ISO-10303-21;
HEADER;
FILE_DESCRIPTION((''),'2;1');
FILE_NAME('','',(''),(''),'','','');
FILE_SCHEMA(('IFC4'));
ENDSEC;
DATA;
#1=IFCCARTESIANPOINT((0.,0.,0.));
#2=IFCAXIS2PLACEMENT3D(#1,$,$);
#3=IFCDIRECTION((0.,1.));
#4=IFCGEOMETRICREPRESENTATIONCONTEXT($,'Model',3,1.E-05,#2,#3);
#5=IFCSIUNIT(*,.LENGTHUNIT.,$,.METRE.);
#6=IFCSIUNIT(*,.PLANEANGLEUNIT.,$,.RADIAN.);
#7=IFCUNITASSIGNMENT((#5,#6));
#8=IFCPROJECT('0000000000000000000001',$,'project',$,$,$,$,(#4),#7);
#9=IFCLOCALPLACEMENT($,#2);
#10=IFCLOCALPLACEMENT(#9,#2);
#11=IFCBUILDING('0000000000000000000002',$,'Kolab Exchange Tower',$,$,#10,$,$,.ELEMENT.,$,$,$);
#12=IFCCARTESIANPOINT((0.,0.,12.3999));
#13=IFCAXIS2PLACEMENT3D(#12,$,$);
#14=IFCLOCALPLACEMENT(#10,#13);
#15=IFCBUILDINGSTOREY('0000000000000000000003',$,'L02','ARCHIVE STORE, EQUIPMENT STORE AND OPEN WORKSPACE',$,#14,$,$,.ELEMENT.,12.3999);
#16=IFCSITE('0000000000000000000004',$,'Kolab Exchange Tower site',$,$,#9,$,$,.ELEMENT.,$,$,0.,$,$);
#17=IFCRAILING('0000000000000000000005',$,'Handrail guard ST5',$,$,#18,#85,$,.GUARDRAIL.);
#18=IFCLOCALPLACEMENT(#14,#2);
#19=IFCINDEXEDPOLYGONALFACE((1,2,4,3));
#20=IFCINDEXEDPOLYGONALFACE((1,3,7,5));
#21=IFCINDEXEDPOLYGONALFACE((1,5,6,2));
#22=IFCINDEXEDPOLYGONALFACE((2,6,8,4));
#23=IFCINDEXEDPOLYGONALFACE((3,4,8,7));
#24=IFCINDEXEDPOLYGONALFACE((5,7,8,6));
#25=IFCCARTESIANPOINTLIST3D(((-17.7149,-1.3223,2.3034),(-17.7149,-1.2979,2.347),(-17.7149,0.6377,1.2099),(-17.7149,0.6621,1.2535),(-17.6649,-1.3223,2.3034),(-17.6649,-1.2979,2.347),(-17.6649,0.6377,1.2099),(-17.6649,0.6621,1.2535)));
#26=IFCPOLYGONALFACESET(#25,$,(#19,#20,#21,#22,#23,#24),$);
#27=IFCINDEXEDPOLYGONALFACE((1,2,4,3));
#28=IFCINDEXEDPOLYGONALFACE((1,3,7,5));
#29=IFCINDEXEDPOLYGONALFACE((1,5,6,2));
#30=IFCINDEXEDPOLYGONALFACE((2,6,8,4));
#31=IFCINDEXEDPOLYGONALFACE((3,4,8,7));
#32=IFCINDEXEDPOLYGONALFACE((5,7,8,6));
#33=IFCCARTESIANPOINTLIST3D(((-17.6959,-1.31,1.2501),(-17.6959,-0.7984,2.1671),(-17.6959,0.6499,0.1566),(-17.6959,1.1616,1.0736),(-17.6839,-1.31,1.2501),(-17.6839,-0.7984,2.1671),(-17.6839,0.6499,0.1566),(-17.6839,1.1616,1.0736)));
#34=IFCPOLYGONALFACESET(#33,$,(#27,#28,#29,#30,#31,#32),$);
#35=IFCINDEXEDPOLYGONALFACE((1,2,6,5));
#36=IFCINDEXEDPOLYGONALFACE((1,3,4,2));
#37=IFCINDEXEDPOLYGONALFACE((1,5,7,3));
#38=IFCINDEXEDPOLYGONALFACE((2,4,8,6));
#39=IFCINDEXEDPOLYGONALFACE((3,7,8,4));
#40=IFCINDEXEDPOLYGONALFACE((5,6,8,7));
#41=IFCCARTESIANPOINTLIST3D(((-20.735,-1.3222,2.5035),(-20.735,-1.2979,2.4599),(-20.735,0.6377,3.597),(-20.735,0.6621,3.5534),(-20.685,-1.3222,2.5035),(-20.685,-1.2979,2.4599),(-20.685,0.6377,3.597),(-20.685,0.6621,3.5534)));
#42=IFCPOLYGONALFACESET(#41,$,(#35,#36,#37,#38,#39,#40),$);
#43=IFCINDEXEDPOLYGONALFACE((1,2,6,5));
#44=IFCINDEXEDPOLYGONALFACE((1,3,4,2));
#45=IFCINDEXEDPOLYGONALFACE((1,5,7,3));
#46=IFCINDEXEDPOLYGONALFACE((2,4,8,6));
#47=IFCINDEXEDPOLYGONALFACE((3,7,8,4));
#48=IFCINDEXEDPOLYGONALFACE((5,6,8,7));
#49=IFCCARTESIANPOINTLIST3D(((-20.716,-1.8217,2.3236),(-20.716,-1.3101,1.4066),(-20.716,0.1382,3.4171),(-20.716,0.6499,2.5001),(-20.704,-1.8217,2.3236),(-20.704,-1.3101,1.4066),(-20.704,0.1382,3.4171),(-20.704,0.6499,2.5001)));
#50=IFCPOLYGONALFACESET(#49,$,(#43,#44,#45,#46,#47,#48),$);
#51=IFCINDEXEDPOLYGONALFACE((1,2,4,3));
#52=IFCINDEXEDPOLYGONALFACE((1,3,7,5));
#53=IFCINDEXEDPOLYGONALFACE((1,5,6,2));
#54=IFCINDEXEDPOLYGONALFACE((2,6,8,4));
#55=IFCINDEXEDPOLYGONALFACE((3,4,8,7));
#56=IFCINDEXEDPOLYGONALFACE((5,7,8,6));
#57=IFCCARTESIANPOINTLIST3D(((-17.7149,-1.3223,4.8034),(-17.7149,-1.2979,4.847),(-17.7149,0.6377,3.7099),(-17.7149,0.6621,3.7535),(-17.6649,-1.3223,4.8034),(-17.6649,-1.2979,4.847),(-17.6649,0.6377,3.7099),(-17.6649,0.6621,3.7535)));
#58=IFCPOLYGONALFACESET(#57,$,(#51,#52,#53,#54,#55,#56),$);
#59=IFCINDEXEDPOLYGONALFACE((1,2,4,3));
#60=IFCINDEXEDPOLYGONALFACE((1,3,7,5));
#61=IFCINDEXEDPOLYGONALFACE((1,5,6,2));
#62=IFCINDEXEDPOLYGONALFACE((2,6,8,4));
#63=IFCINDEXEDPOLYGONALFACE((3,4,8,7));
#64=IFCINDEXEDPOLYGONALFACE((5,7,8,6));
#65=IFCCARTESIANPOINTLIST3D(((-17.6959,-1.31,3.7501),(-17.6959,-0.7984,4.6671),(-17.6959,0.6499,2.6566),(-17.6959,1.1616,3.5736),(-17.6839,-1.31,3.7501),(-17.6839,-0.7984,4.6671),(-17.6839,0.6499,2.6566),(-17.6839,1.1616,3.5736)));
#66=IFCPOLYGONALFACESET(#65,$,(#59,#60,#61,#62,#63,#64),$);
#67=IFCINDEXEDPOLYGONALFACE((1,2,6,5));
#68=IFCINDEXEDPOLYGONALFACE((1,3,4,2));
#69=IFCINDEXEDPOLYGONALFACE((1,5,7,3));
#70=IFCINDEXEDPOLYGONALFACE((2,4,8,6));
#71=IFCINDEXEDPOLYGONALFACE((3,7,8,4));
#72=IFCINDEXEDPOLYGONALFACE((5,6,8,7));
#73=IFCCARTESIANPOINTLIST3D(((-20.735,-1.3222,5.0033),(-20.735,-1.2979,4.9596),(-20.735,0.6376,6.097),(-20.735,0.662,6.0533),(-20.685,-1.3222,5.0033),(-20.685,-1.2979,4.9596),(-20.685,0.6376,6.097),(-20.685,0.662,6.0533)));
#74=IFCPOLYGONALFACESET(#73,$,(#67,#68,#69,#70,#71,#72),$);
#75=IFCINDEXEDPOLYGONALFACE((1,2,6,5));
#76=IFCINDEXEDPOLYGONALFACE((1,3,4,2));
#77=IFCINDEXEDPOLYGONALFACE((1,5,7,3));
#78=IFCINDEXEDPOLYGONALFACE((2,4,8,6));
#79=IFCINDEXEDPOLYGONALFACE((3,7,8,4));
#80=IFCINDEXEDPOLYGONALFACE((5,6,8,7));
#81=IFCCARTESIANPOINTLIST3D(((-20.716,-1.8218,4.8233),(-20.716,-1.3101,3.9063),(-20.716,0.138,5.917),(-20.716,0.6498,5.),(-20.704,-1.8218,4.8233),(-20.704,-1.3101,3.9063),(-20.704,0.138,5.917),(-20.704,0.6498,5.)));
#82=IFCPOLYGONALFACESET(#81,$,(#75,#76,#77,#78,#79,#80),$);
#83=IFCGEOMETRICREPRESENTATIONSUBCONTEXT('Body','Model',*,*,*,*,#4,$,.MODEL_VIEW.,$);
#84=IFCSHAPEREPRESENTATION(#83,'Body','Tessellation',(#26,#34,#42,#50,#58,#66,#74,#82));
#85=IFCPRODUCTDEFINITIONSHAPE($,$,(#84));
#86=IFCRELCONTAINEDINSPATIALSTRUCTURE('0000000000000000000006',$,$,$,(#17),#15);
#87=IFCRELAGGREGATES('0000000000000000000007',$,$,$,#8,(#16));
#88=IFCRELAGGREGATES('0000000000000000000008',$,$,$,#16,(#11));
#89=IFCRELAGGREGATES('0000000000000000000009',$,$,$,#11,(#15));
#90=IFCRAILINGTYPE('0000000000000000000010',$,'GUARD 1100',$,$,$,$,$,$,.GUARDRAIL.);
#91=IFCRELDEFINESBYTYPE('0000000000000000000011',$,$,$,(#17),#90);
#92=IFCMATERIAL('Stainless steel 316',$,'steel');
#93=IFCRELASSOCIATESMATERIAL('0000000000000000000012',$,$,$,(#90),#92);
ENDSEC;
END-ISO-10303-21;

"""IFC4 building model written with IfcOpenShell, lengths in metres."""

from ifc_helpers import new_model, si_unit, direction, frame, frame_2d, origin, origin_2d, place, context, subcontext, project, spatial, rectangle, extrude, material, type_object, element, save


model = new_model("IFC4")

# Units and contexts
model_context = context("Model", 3, precision=1e-05, world=origin(), true_north=direction((0.0, 1.0)))
body_context = subcontext(model_context, "Body", "Model", "MODEL_VIEW")
ifc_project = project(units=[si_unit("LENGTHUNIT", "METRE"), si_unit("PLANEANGLEUNIT", "RADIAN")], contexts=[model_context])

# Site, building, storey
site_placement = place(None, origin())
site = spatial("IfcSite", under=ifc_project, at=site_placement, Name="Kolab Exchange Tower site", CompositionType="ELEMENT", RefElevation=0.0)
building_placement = place(site_placement, origin())
building = spatial("IfcBuilding", under=site, at=building_placement, Name="Kolab Exchange Tower", CompositionType="ELEMENT")
storey_placement = place(building_placement, frame((0.0, 0.0, 12.3999)))
storey = spatial("IfcBuildingStorey", under=building, at=storey_placement, Name="L02", Description="ARCHIVE STORE, EQUIPMENT STORE AND OPEN WORKSPACE", CompositionType="ELEMENT", Elevation=12.3999)

# Railing
ifc_material_1 = material(Name="Stainless steel 316", Category="steel")
railing_type = type_object("IfcRailingType", Name="GUARD 1100", PredefinedType="GUARDRAIL", material=ifc_material_1)
railing_placement = place(storey_placement, frame((-17.6899, 0.6499, 0.1565)))
element("IfcRailing", 1, at=railing_placement, inside=storey, type_object=railing_type, Name="Handrail guard ST5", PredefinedType="GUARDRAIL", context=body_context, shape_type="SweptSolid", body=[
    extrude(rectangle(XDim=0.05, YDim=0.05, at=origin_2d()), frame((0.0, 0.0, 1.0752), z_axis=(0.0, -0.873278, 0.487221), x_axis=(1.0, 0.0, 0.0)), (0.0, 0.0, 1.0), 2.2444),
    extrude(rectangle(XDim=0.012, YDim=1.0501, at=frame_2d((0.0, 0.5251))), frame((0.0, 0.0, 0.0), z_axis=(0.0, -0.873278, 0.487221), x_axis=(1.0, 0.0, 0.0)), (0.0, 0.0, 1.0), 2.2444),
    extrude(rectangle(XDim=0.05, YDim=0.05, at=origin_2d()), frame((-3.02, -1.96, 2.3252), z_axis=(0.0, 0.873278, 0.487221), x_axis=(-1.0, 0.0, 0.0)), (0.0, 0.0, 1.0), 2.2444),
    extrude(rectangle(XDim=0.012, YDim=1.0501, at=frame_2d((0.0, 0.5251))), frame((-3.02, -1.96, 1.25), z_axis=(0.0, 0.873278, 0.487221), x_axis=(-1.0, 0.0, 0.0)), (0.0, 0.0, 1.0), 2.2444),
    extrude(rectangle(XDim=0.05, YDim=0.05, at=origin_2d()), frame((0.0, 0.0, 3.5752), z_axis=(0.0, -0.873278, 0.487221), x_axis=(1.0, 0.0, 0.0)), (0.0, 0.0, 1.0), 2.2444),
    extrude(rectangle(XDim=0.012, YDim=1.0501, at=frame_2d((0.0, 0.5251))), frame((0.0, 0.0, 2.5), z_axis=(0.0, -0.873278, 0.487221), x_axis=(1.0, 0.0, 0.0)), (0.0, 0.0, 1.0), 2.2444),
    extrude(rectangle(XDim=0.05, YDim=0.05, at=origin_2d()), frame((-3.02, -1.96, 4.825), z_axis=(0.0, 0.873232, 0.487304), x_axis=(-1.0, 0.0, 0.0)), (0.0, 0.0, 1.0), 2.2444),
    extrude(rectangle(XDim=0.012, YDim=1.0501, at=frame_2d((0.0, 0.5251))), frame((-3.02, -1.96, 3.7498), z_axis=(0.0, 0.873232, 0.487304), x_axis=(-1.0, 0.0, 0.0)), (0.0, 0.0, 1.0), 2.2444),
])

save(model, "model.ifc")
